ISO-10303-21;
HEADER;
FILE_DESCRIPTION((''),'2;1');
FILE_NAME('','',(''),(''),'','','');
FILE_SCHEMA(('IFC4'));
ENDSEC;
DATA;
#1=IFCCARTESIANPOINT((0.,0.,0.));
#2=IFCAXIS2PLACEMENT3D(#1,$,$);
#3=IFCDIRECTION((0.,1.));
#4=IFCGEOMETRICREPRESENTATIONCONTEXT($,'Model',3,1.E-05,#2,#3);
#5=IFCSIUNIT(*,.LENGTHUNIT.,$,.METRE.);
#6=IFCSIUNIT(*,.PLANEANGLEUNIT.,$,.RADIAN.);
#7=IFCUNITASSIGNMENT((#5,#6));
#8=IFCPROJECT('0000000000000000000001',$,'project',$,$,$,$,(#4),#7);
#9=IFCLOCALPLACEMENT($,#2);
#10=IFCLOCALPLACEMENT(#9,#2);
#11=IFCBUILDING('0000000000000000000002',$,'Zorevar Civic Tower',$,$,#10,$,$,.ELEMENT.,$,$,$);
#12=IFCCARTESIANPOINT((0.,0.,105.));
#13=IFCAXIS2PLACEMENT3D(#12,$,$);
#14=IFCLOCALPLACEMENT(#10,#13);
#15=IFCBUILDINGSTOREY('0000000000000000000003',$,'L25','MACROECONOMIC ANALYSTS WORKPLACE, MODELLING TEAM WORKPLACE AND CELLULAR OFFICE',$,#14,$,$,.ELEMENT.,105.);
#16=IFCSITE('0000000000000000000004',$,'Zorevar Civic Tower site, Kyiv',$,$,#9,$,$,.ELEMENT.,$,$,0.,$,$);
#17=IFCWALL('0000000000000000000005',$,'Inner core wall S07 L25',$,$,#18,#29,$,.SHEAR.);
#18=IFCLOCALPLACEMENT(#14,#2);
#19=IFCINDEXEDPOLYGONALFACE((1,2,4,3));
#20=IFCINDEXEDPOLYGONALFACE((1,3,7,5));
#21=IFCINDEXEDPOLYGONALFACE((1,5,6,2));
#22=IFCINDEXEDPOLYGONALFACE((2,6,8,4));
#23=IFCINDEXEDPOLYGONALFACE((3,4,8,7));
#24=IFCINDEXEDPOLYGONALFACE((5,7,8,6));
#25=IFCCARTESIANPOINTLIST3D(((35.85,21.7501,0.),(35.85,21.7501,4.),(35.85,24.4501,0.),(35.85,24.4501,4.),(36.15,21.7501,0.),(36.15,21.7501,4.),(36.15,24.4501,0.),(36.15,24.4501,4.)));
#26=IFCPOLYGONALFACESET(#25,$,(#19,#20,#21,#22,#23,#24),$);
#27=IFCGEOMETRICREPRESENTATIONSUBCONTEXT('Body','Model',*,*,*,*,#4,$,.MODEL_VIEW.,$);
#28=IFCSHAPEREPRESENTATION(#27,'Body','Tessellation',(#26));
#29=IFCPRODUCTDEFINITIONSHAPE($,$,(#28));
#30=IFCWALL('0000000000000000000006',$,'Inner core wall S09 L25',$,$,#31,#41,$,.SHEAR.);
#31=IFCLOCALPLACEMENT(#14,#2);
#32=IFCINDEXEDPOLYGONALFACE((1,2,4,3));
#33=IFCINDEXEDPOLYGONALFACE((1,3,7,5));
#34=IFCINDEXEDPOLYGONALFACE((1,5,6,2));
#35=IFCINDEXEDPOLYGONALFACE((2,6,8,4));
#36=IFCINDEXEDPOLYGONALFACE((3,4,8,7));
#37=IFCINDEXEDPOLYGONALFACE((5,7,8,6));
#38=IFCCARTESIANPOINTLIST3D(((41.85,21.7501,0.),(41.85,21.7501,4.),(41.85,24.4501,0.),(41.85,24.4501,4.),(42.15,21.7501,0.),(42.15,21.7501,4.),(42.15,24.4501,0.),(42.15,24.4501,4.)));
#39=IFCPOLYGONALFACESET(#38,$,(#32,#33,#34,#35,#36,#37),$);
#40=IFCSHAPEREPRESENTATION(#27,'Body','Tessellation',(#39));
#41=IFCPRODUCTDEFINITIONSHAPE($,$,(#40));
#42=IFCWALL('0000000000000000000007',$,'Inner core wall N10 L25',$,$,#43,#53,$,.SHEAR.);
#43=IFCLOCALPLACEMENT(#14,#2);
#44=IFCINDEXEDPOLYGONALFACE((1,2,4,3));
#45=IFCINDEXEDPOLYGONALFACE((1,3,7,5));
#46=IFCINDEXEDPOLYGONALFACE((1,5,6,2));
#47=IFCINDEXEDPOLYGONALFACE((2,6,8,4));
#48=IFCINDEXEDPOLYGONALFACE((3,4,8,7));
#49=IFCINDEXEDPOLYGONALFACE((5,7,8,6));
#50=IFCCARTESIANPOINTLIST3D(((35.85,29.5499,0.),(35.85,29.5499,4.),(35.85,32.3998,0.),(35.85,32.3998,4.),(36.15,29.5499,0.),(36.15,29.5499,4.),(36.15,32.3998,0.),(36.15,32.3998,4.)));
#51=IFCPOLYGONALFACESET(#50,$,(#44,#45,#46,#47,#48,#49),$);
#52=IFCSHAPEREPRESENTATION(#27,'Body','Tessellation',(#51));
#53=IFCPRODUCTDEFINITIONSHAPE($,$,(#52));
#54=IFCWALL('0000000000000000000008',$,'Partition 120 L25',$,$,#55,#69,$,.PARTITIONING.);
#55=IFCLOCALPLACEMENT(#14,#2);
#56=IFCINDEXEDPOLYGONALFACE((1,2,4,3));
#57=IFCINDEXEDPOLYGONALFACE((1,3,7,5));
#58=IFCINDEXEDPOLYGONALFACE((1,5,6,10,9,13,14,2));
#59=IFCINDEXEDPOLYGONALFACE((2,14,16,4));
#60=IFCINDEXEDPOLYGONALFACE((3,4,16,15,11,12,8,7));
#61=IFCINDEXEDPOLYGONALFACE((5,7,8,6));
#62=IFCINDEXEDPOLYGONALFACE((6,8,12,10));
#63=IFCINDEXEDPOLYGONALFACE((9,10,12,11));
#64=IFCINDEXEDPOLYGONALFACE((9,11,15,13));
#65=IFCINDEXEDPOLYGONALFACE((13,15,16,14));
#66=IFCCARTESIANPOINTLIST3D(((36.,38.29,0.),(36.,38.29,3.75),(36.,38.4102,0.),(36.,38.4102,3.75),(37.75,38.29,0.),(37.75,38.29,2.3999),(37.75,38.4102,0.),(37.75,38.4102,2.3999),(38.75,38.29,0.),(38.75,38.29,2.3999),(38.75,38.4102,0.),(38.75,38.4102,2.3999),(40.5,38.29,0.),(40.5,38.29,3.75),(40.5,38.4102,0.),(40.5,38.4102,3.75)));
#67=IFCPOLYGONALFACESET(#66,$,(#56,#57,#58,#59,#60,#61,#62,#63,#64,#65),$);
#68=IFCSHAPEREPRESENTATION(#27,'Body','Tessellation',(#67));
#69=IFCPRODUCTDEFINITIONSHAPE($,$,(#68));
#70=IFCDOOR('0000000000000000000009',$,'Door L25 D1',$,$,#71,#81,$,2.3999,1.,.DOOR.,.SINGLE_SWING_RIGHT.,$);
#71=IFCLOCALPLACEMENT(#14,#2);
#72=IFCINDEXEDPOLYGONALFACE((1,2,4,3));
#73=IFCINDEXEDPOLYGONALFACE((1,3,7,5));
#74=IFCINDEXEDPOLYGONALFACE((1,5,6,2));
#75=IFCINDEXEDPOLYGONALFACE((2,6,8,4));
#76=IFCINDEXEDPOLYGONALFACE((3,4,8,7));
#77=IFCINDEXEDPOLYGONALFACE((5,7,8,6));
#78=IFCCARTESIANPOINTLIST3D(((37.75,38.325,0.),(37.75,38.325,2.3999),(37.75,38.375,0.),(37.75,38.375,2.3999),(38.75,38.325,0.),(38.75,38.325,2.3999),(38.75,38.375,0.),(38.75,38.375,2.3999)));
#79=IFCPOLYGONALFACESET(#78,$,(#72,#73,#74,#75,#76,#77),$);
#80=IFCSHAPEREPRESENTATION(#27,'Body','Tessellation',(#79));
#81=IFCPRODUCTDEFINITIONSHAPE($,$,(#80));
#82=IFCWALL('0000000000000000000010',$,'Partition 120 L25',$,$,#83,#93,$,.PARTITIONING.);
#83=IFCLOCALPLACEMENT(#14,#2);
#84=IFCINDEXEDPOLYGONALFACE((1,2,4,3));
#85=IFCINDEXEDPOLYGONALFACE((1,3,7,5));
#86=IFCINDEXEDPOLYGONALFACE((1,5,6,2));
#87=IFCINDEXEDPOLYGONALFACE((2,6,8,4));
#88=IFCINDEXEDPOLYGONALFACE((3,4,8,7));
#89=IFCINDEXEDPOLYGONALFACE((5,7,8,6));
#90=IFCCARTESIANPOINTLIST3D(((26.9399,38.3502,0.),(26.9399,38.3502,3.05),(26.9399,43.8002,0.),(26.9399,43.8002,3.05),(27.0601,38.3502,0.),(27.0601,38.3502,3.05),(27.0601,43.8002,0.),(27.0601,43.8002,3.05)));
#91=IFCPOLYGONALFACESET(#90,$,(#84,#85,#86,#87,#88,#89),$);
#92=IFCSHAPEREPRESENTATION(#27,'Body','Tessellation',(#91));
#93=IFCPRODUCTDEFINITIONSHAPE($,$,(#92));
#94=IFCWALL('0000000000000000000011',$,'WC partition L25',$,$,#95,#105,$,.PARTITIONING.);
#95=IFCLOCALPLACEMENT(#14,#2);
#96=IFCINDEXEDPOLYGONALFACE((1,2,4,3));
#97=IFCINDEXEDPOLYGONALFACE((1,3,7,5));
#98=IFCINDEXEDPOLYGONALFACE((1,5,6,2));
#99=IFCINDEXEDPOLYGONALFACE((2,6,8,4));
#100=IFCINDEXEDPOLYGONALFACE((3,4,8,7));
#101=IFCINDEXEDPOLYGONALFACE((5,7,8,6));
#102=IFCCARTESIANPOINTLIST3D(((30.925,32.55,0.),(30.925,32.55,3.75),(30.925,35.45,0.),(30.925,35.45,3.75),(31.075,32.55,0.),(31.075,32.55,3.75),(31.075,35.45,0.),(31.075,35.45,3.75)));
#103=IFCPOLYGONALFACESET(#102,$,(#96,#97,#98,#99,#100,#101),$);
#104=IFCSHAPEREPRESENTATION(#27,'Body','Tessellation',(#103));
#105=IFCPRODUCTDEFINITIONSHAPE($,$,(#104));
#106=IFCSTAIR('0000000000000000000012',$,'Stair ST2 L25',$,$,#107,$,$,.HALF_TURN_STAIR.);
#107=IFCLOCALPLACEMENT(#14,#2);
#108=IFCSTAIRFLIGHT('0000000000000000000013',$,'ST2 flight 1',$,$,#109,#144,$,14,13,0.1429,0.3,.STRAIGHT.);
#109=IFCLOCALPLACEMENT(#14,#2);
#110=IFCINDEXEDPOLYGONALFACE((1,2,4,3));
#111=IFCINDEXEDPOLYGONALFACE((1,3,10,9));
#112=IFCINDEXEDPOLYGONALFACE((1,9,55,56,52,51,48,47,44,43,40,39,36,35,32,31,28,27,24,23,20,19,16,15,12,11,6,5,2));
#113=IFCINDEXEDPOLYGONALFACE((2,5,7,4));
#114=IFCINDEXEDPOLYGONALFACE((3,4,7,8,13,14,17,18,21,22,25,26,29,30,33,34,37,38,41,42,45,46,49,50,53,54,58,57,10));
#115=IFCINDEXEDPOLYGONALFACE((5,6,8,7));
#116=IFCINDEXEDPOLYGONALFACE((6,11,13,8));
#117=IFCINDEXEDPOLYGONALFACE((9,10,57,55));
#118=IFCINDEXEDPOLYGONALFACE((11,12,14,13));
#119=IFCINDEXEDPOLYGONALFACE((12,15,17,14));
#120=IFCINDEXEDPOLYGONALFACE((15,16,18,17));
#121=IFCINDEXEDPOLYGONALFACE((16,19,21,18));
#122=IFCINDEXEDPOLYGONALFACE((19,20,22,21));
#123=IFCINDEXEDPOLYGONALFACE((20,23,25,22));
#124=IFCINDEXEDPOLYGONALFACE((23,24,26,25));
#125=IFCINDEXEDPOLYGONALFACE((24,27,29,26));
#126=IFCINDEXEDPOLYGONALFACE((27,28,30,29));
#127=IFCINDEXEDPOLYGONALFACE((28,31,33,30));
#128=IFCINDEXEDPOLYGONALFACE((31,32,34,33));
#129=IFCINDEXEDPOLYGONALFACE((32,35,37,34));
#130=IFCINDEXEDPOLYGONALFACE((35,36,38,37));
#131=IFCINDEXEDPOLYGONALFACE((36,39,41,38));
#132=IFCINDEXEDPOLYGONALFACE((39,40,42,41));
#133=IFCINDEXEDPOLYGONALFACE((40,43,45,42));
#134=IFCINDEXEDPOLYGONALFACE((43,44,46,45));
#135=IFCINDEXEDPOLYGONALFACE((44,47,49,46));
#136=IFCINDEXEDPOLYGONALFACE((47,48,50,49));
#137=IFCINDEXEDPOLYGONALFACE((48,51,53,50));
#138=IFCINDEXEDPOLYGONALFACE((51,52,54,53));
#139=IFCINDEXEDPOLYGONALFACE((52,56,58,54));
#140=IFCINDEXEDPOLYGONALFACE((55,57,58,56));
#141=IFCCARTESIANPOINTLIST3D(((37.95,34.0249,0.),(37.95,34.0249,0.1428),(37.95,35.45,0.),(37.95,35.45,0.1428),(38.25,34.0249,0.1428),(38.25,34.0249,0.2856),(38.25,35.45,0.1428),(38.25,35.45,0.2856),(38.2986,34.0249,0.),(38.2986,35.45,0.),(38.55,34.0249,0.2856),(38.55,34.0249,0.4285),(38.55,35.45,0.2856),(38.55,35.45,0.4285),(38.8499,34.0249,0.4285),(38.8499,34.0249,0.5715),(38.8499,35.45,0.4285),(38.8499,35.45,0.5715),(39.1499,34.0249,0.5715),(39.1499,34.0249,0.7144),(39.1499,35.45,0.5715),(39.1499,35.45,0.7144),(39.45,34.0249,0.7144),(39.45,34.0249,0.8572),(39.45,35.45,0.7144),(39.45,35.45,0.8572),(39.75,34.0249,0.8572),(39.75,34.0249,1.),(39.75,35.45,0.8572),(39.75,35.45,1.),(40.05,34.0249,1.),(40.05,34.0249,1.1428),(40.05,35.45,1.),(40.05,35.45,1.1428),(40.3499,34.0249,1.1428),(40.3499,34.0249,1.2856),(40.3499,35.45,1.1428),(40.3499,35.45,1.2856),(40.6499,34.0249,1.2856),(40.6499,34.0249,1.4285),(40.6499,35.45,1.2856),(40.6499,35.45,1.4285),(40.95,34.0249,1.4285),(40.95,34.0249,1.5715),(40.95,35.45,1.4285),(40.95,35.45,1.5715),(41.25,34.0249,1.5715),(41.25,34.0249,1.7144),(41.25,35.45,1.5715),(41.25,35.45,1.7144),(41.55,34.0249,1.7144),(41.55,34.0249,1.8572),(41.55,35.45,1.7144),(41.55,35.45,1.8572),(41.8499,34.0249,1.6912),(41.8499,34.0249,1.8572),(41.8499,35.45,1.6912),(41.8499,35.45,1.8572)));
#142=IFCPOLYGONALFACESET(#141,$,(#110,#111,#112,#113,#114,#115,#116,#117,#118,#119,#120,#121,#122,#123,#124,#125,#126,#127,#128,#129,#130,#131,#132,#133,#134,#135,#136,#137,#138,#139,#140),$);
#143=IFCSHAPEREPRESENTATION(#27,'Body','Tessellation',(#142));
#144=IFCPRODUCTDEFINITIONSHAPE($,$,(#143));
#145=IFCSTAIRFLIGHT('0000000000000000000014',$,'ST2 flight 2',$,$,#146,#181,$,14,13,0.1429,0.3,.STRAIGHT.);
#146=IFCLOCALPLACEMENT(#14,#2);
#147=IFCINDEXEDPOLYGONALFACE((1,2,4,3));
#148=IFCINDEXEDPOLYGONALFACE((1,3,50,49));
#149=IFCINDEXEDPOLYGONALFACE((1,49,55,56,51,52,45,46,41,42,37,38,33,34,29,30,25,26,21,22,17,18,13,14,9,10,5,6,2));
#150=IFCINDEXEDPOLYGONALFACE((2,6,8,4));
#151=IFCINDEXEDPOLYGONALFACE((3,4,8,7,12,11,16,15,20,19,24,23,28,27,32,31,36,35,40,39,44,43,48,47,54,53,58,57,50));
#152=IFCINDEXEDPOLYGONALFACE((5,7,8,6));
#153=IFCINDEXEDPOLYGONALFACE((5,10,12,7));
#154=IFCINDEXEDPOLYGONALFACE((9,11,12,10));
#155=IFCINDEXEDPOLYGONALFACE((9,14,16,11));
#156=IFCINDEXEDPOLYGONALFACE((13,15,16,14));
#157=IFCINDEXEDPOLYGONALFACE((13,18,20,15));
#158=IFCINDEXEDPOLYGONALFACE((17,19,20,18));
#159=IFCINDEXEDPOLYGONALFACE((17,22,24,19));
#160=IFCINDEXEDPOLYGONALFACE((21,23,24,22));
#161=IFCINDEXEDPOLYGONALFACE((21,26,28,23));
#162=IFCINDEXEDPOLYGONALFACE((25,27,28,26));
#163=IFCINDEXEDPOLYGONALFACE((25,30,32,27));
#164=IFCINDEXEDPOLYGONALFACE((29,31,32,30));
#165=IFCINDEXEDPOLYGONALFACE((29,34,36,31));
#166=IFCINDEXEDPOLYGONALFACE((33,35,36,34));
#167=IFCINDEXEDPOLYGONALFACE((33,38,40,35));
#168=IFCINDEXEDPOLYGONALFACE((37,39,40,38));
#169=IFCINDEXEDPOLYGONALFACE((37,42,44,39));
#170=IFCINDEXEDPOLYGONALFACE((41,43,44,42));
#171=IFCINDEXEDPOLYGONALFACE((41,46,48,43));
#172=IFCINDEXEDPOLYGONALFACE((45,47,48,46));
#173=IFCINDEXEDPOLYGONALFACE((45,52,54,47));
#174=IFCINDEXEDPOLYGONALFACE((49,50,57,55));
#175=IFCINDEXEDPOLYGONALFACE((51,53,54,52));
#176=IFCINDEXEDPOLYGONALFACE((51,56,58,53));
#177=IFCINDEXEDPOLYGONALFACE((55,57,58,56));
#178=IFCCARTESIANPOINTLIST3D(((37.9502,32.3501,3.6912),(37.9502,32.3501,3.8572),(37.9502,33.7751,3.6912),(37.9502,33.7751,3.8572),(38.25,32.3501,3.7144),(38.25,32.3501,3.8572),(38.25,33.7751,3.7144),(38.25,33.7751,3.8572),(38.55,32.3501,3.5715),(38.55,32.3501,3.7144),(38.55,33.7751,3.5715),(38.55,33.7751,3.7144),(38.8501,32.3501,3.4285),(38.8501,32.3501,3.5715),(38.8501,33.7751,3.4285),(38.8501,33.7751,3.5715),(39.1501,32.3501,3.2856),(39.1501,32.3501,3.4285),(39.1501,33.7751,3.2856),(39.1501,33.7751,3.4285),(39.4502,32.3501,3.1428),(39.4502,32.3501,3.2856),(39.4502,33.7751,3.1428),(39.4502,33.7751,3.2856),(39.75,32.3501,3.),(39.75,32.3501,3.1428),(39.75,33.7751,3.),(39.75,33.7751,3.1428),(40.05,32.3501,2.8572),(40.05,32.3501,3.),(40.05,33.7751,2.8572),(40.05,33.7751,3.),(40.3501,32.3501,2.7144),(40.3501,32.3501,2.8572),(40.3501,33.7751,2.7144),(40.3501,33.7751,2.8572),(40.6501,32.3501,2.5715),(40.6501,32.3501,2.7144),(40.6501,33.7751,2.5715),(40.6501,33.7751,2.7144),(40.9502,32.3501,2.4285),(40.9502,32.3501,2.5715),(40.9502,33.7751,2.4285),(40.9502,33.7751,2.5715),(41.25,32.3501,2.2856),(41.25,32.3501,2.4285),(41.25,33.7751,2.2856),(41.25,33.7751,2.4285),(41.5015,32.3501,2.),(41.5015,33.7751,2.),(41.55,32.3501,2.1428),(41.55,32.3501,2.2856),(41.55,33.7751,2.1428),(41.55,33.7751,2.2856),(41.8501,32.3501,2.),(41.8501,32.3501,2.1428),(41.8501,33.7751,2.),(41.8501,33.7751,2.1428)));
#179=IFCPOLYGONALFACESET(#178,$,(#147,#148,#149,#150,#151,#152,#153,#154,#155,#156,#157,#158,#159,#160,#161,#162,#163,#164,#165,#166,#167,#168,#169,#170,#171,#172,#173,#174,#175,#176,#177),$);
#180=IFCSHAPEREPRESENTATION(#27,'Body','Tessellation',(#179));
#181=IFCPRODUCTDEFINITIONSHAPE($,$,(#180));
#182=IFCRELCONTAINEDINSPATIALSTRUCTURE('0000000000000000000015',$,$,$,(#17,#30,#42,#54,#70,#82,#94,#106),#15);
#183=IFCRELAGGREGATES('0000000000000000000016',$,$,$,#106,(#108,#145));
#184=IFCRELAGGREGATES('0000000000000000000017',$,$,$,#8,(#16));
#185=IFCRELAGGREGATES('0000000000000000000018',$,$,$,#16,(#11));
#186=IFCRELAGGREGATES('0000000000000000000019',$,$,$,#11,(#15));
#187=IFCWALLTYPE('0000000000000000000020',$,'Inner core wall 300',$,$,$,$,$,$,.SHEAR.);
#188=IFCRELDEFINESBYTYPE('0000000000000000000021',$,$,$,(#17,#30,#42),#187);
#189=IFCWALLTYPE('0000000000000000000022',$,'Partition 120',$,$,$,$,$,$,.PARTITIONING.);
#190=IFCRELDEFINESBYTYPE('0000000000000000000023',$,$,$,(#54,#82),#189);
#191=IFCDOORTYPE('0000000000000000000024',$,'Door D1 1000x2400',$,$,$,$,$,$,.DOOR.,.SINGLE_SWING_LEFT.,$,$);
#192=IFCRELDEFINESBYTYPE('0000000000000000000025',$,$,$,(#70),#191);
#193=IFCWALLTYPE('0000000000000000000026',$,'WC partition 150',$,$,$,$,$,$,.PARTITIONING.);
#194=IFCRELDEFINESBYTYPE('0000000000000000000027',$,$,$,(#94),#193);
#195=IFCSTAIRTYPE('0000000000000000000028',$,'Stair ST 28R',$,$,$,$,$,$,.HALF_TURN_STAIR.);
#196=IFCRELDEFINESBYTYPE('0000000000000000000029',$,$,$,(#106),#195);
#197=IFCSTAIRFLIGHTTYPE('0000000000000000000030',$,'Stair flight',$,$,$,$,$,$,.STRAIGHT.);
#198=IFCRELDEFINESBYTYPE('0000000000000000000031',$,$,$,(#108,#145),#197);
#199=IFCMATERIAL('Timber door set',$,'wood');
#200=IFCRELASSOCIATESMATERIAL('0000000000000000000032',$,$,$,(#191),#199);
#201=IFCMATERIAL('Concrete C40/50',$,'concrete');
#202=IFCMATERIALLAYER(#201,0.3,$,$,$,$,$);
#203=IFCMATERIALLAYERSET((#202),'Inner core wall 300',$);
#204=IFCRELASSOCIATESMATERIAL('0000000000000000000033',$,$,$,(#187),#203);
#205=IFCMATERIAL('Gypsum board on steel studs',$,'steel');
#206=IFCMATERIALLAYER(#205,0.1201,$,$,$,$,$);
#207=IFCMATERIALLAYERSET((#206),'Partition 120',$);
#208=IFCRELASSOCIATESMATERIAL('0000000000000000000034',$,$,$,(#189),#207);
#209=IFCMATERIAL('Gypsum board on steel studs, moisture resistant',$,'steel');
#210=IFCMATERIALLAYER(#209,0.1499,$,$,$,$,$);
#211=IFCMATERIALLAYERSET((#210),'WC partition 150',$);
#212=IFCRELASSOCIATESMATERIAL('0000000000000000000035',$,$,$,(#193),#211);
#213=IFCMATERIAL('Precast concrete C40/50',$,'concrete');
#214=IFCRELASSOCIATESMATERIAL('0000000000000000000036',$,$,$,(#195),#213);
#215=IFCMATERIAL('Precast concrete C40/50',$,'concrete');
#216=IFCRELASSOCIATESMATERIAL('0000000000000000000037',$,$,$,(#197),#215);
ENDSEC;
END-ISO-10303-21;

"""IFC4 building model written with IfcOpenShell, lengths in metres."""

from ifc_helpers import new_model, si_unit, direction, frame, frame_2d, origin, place, context, subcontext, project, spatial, polyline, rectangle, outline, extrude, material, layer, layer_set, type_object, element, fill, aggregate, save


model = new_model("IFC4")

# Units and contexts
model_context = context("Model", 3, precision=1e-05, world=origin(), true_north=direction((0.0, 1.0)))
body_context = subcontext(model_context, "Body", "Model", "MODEL_VIEW")
ifc_project = project(units=[si_unit("LENGTHUNIT", "METRE"), si_unit("PLANEANGLEUNIT", "RADIAN")], contexts=[model_context])

# Site, building, storey
site_placement = place(None, origin())
site = spatial("IfcSite", under=ifc_project, at=site_placement, Name="Zorevar Civic Tower site, Kyiv", CompositionType="ELEMENT", RefElevation=0.0)
building_placement = place(site_placement, origin())
building = spatial("IfcBuilding", under=site, at=building_placement, Name="Zorevar Civic Tower", CompositionType="ELEMENT")
storey_placement = place(building_placement, frame((0.0, 0.0, 105.0)))
storey = spatial("IfcBuildingStorey", under=building, at=storey_placement, Name="L25", Description="MACROECONOMIC ANALYSTS WORKPLACE, MODELLING TEAM WORKPLACE AND CELLULAR OFFICE", CompositionType="ELEMENT", Elevation=105.0)

# Shared definitions
ifc_material_1 = material(Name="Timber door set", Category="wood")
door_type_1 = type_object("IfcDoorType", Name="Door D1 1000x2400", OperationType="SINGLE_SWING_LEFT", PredefinedType="DOOR", material=ifc_material_1)

# Shared definitions
ifc_material_2 = material(Name="Concrete C40/50", Category="concrete")
ifc_layer_1 = layer(ifc_material_2, 0.3)
ifc_layer_set_1 = layer_set([ifc_layer_1], Name="Inner core wall 300")
wall_type_1 = type_object("IfcWallType", Name="Inner core wall 300", PredefinedType="SHEAR", material=ifc_layer_set_1)

# Walls
for number, where, z_axis, x_axis, name in (
    (1, (36.0, 21.75, 0.0), (0.0, 0.0, 1.0), (0.0, 1.0, 0.0), "Inner core wall S07 L25"),
    (2, (42.0, 21.75, 0.0), (0.0, 0.0, 1.0), (0.0, 1.0, 0.0), "Inner core wall S09 L25"),
):
    element("IfcWall", number, at=place(storey_placement, frame(where, z_axis=z_axis, x_axis=x_axis)), inside=storey, type_object=wall_type_1, Name=name, PredefinedType="SHEAR", context=body_context, shape_type="SweptSolid", body=[
        extrude(rectangle(XDim=2.7, YDim=0.3, at=frame_2d((1.3501, 0.0))), origin(), (0.0, 0.0, 1.0), 4.0),
    ])
wall_1_placement = place(storey_placement, frame((36.0, 29.55, 0.0), z_axis=(0.0, 0.0, 1.0), x_axis=(0.0, 1.0, 0.0)))
element("IfcWall", 3, at=wall_1_placement, inside=storey, type_object=wall_type_1, Name="Inner core wall N10 L25", PredefinedType="SHEAR", context=body_context, shape_type="SweptSolid", body=[
    extrude(rectangle(XDim=2.8499, YDim=0.3, at=frame_2d((1.4248, 0.0))), origin(), (0.0, 0.0, 1.0), 4.0),
])

# Wall, opening, door
ifc_material_3 = material(Name="Gypsum board on steel studs", Category="steel")
ifc_layer_2 = layer(ifc_material_3, 0.1201)
ifc_layer_set_2 = layer_set([ifc_layer_2], Name="Partition 120")
wall_type_2 = type_object("IfcWallType", Name="Partition 120", PredefinedType="PARTITIONING", material=ifc_layer_set_2)
wall_2_placement = place(storey_placement, frame((36.0, 38.3501, 0.0), z_axis=(0.0, 0.0, 1.0), x_axis=(1.0, 0.0, 0.0)))
wall_2 = element("IfcWall", 4, at=wall_2_placement, inside=storey, type_object=wall_type_2, Name="Partition 120 L25", PredefinedType="PARTITIONING", context=body_context, shape_type="SweptSolid", body=[
    extrude(rectangle(XDim=4.5, YDim=0.1201, at=frame_2d((2.25, 0.0))), origin(), (0.0, 0.0, 1.0), 3.75),
])
opening_1_placement = place(wall_2_placement, frame((1.75, 0.0, 0.0)))
opening_1 = element("IfcOpeningElement", 5, at=opening_1_placement, cuts=wall_2, PredefinedType="OPENING", context=body_context, shape_type="SweptSolid", body=[
    extrude(rectangle(XDim=1.0, YDim=2.3999, at=frame_2d((0.5, 1.2))), frame((0.0, 0.0701, 0.0), z_axis=(0.0, -1.0, 0.0), x_axis=(1.0, 0.0, 0.0)), (0.0, 0.0, 1.0), 0.1401),
])
door_1_placement = place(opening_1_placement, origin())
door_1 = element("IfcDoor", 6, at=door_1_placement, inside=storey, type_object=door_type_1, Name="Door L25 D1", OperationType="SINGLE_SWING_RIGHT", OverallHeight=2.3999, OverallWidth=1.0, PredefinedType="DOOR", context=body_context, shape_type="SweptSolid", body=[
    extrude(rectangle(XDim=1.0, YDim=2.3999, at=frame_2d((0.5, 1.2))), frame((0.0, 0.0249, 0.0), z_axis=(0.0, -1.0, 0.0), x_axis=(1.0, 0.0, 0.0)), (0.0, 0.0, 1.0), 0.05),
])
fill(opening_1, door_1)

# Walls
wall_3_placement = place(storey_placement, frame((27.0, 38.3501, 0.0), z_axis=(0.0, 0.0, 1.0), x_axis=(0.0, 1.0, 0.0)))
element("IfcWall", 7, at=wall_3_placement, inside=storey, type_object=wall_type_2, Name="Partition 120 L25", PredefinedType="PARTITIONING", context=body_context, shape_type="SweptSolid", body=[
    extrude(rectangle(XDim=5.45, YDim=0.1201, at=frame_2d((2.7251, 0.0))), origin(), (0.0, 0.0, 1.0), 3.05),
])
ifc_material_4 = material(Name="Gypsum board on steel studs, moisture resistant", Category="steel")
ifc_layer_3 = layer(ifc_material_4, 0.1499)
ifc_layer_set_3 = layer_set([ifc_layer_3], Name="WC partition 150")
wall_type_3 = type_object("IfcWallType", Name="WC partition 150", PredefinedType="PARTITIONING", material=ifc_layer_set_3)
wall_4_placement = place(storey_placement, frame((31.0, 32.55, 0.0), z_axis=(0.0, 0.0, 1.0), x_axis=(0.0, 1.0, 0.0)))
element("IfcWall", 8, at=wall_4_placement, inside=storey, type_object=wall_type_3, Name="WC partition L25", PredefinedType="PARTITIONING", context=body_context, shape_type="SweptSolid", body=[
    extrude(rectangle(XDim=2.8999, YDim=0.1499, at=frame_2d((1.45, 0.0))), origin(), (0.0, 0.0, 1.0), 3.75),
])

# Stair, stair flights
ifc_material_5 = material(Name="Precast concrete C40/50", Category="concrete")
stair_type = type_object("IfcStairType", Name="Stair ST 28R", PredefinedType="HALF_TURN_STAIR", material=ifc_material_5)
stair_placement = place(storey_placement, origin())
stair = element("IfcStair", 9, at=stair_placement, inside=storey, type_object=stair_type, Name="Stair ST2 L25", PredefinedType="HALF_TURN_STAIR")
ifc_material_6 = material(Name="Precast concrete C40/50", Category="concrete")
stair_flight_type = type_object("IfcStairFlightType", Name="Stair flight", PredefinedType="STRAIGHT", material=ifc_material_6)
stair_flight_1_placement = place(storey_placement, frame((37.95, 34.7375, 0.0), z_axis=(0.0, 0.0, 1.0), x_axis=(1.0, 0.0, 0.0)))
stair_flight_1 = element("IfcStairFlight", 10, at=stair_flight_1_placement, type_object=stair_flight_type, Name="ST2 flight 1", NumberOfRisers=14, NumberOfTreads=13, PredefinedType="STRAIGHT", RiserHeight=0.1429, TreadLength=0.3, context=body_context, shape_type="SweptSolid", body=[
    extrude(outline(polyline([(0.0, 0.0), (0.0, 0.1428), (0.3, 0.1428), (0.3, 0.2856), (0.6001, 0.2856), (0.6001, 0.4285), (0.8999, 0.4285), (0.8999, 0.5715), (1.2, 0.5715), (1.2, 0.7144), (1.5, 0.7144), (1.5, 0.8572), (1.8, 0.8572), (1.8, 1.0), (2.1001, 1.0), (2.1001, 1.1428), (2.3999, 1.1428), (2.3999, 1.2856), (2.7, 1.2856), (2.7, 1.4285), (3.0, 1.4285), (3.0, 1.5715), (3.3, 1.5715), (3.3, 1.7144), (3.6001, 1.7144), (3.6001, 1.8572), (3.8999, 1.8572), (3.8999, 2.0), (3.8999, 1.6912), (0.3486, 0.0), (0.0, 0.0)])), frame((0.0, 0.7124, 0.0), z_axis=(0.0, -1.0, 0.0), x_axis=(1.0, 0.0, 0.0)), (0.0, 0.0, 1.0), 1.425),
])
stair_flight_2_placement = place(storey_placement, frame((41.8501, 33.0625, 2.0), z_axis=(0.0, 0.0, 1.0), x_axis=(-1.0, 0.0, 0.0)))
stair_flight_2 = element("IfcStairFlight", 11, at=stair_flight_2_placement, type_object=stair_flight_type, Name="ST2 flight 2", NumberOfRisers=14, NumberOfTreads=13, PredefinedType="STRAIGHT", RiserHeight=0.1429, TreadLength=0.3, context=body_context, shape_type="SweptSolid", body=[
    extrude(outline(polyline([(0.0, 0.0), (0.0, 0.1428), (0.3, 0.1428), (0.3, 0.2856), (0.6001, 0.2856), (0.6001, 0.4285), (0.8999, 0.4285), (0.8999, 0.5715), (1.2, 0.5715), (1.2, 0.7144), (1.5, 0.7144), (1.5, 0.8572), (1.8, 0.8572), (1.8, 1.0), (2.1001, 1.0), (2.1001, 1.1428), (2.3999, 1.1428), (2.3999, 1.2856), (2.7, 1.2856), (2.7, 1.4285), (3.0, 1.4285), (3.0, 1.5715), (3.3, 1.5715), (3.3, 1.7144), (3.6001, 1.7144), (3.6001, 1.8572), (3.8999, 1.8572), (3.8999, 2.0), (3.8999, 1.6912), (0.3486, 0.0), (0.0, 0.0)])), frame((0.0, 0.7124, 0.0), z_axis=(0.0, -1.0, 0.0), x_axis=(1.0, 0.0, 0.0)), (0.0, 0.0, 1.0), 1.425),
])
aggregate(stair, [stair_flight_1, stair_flight_2])

save(model, "model.ifc")
